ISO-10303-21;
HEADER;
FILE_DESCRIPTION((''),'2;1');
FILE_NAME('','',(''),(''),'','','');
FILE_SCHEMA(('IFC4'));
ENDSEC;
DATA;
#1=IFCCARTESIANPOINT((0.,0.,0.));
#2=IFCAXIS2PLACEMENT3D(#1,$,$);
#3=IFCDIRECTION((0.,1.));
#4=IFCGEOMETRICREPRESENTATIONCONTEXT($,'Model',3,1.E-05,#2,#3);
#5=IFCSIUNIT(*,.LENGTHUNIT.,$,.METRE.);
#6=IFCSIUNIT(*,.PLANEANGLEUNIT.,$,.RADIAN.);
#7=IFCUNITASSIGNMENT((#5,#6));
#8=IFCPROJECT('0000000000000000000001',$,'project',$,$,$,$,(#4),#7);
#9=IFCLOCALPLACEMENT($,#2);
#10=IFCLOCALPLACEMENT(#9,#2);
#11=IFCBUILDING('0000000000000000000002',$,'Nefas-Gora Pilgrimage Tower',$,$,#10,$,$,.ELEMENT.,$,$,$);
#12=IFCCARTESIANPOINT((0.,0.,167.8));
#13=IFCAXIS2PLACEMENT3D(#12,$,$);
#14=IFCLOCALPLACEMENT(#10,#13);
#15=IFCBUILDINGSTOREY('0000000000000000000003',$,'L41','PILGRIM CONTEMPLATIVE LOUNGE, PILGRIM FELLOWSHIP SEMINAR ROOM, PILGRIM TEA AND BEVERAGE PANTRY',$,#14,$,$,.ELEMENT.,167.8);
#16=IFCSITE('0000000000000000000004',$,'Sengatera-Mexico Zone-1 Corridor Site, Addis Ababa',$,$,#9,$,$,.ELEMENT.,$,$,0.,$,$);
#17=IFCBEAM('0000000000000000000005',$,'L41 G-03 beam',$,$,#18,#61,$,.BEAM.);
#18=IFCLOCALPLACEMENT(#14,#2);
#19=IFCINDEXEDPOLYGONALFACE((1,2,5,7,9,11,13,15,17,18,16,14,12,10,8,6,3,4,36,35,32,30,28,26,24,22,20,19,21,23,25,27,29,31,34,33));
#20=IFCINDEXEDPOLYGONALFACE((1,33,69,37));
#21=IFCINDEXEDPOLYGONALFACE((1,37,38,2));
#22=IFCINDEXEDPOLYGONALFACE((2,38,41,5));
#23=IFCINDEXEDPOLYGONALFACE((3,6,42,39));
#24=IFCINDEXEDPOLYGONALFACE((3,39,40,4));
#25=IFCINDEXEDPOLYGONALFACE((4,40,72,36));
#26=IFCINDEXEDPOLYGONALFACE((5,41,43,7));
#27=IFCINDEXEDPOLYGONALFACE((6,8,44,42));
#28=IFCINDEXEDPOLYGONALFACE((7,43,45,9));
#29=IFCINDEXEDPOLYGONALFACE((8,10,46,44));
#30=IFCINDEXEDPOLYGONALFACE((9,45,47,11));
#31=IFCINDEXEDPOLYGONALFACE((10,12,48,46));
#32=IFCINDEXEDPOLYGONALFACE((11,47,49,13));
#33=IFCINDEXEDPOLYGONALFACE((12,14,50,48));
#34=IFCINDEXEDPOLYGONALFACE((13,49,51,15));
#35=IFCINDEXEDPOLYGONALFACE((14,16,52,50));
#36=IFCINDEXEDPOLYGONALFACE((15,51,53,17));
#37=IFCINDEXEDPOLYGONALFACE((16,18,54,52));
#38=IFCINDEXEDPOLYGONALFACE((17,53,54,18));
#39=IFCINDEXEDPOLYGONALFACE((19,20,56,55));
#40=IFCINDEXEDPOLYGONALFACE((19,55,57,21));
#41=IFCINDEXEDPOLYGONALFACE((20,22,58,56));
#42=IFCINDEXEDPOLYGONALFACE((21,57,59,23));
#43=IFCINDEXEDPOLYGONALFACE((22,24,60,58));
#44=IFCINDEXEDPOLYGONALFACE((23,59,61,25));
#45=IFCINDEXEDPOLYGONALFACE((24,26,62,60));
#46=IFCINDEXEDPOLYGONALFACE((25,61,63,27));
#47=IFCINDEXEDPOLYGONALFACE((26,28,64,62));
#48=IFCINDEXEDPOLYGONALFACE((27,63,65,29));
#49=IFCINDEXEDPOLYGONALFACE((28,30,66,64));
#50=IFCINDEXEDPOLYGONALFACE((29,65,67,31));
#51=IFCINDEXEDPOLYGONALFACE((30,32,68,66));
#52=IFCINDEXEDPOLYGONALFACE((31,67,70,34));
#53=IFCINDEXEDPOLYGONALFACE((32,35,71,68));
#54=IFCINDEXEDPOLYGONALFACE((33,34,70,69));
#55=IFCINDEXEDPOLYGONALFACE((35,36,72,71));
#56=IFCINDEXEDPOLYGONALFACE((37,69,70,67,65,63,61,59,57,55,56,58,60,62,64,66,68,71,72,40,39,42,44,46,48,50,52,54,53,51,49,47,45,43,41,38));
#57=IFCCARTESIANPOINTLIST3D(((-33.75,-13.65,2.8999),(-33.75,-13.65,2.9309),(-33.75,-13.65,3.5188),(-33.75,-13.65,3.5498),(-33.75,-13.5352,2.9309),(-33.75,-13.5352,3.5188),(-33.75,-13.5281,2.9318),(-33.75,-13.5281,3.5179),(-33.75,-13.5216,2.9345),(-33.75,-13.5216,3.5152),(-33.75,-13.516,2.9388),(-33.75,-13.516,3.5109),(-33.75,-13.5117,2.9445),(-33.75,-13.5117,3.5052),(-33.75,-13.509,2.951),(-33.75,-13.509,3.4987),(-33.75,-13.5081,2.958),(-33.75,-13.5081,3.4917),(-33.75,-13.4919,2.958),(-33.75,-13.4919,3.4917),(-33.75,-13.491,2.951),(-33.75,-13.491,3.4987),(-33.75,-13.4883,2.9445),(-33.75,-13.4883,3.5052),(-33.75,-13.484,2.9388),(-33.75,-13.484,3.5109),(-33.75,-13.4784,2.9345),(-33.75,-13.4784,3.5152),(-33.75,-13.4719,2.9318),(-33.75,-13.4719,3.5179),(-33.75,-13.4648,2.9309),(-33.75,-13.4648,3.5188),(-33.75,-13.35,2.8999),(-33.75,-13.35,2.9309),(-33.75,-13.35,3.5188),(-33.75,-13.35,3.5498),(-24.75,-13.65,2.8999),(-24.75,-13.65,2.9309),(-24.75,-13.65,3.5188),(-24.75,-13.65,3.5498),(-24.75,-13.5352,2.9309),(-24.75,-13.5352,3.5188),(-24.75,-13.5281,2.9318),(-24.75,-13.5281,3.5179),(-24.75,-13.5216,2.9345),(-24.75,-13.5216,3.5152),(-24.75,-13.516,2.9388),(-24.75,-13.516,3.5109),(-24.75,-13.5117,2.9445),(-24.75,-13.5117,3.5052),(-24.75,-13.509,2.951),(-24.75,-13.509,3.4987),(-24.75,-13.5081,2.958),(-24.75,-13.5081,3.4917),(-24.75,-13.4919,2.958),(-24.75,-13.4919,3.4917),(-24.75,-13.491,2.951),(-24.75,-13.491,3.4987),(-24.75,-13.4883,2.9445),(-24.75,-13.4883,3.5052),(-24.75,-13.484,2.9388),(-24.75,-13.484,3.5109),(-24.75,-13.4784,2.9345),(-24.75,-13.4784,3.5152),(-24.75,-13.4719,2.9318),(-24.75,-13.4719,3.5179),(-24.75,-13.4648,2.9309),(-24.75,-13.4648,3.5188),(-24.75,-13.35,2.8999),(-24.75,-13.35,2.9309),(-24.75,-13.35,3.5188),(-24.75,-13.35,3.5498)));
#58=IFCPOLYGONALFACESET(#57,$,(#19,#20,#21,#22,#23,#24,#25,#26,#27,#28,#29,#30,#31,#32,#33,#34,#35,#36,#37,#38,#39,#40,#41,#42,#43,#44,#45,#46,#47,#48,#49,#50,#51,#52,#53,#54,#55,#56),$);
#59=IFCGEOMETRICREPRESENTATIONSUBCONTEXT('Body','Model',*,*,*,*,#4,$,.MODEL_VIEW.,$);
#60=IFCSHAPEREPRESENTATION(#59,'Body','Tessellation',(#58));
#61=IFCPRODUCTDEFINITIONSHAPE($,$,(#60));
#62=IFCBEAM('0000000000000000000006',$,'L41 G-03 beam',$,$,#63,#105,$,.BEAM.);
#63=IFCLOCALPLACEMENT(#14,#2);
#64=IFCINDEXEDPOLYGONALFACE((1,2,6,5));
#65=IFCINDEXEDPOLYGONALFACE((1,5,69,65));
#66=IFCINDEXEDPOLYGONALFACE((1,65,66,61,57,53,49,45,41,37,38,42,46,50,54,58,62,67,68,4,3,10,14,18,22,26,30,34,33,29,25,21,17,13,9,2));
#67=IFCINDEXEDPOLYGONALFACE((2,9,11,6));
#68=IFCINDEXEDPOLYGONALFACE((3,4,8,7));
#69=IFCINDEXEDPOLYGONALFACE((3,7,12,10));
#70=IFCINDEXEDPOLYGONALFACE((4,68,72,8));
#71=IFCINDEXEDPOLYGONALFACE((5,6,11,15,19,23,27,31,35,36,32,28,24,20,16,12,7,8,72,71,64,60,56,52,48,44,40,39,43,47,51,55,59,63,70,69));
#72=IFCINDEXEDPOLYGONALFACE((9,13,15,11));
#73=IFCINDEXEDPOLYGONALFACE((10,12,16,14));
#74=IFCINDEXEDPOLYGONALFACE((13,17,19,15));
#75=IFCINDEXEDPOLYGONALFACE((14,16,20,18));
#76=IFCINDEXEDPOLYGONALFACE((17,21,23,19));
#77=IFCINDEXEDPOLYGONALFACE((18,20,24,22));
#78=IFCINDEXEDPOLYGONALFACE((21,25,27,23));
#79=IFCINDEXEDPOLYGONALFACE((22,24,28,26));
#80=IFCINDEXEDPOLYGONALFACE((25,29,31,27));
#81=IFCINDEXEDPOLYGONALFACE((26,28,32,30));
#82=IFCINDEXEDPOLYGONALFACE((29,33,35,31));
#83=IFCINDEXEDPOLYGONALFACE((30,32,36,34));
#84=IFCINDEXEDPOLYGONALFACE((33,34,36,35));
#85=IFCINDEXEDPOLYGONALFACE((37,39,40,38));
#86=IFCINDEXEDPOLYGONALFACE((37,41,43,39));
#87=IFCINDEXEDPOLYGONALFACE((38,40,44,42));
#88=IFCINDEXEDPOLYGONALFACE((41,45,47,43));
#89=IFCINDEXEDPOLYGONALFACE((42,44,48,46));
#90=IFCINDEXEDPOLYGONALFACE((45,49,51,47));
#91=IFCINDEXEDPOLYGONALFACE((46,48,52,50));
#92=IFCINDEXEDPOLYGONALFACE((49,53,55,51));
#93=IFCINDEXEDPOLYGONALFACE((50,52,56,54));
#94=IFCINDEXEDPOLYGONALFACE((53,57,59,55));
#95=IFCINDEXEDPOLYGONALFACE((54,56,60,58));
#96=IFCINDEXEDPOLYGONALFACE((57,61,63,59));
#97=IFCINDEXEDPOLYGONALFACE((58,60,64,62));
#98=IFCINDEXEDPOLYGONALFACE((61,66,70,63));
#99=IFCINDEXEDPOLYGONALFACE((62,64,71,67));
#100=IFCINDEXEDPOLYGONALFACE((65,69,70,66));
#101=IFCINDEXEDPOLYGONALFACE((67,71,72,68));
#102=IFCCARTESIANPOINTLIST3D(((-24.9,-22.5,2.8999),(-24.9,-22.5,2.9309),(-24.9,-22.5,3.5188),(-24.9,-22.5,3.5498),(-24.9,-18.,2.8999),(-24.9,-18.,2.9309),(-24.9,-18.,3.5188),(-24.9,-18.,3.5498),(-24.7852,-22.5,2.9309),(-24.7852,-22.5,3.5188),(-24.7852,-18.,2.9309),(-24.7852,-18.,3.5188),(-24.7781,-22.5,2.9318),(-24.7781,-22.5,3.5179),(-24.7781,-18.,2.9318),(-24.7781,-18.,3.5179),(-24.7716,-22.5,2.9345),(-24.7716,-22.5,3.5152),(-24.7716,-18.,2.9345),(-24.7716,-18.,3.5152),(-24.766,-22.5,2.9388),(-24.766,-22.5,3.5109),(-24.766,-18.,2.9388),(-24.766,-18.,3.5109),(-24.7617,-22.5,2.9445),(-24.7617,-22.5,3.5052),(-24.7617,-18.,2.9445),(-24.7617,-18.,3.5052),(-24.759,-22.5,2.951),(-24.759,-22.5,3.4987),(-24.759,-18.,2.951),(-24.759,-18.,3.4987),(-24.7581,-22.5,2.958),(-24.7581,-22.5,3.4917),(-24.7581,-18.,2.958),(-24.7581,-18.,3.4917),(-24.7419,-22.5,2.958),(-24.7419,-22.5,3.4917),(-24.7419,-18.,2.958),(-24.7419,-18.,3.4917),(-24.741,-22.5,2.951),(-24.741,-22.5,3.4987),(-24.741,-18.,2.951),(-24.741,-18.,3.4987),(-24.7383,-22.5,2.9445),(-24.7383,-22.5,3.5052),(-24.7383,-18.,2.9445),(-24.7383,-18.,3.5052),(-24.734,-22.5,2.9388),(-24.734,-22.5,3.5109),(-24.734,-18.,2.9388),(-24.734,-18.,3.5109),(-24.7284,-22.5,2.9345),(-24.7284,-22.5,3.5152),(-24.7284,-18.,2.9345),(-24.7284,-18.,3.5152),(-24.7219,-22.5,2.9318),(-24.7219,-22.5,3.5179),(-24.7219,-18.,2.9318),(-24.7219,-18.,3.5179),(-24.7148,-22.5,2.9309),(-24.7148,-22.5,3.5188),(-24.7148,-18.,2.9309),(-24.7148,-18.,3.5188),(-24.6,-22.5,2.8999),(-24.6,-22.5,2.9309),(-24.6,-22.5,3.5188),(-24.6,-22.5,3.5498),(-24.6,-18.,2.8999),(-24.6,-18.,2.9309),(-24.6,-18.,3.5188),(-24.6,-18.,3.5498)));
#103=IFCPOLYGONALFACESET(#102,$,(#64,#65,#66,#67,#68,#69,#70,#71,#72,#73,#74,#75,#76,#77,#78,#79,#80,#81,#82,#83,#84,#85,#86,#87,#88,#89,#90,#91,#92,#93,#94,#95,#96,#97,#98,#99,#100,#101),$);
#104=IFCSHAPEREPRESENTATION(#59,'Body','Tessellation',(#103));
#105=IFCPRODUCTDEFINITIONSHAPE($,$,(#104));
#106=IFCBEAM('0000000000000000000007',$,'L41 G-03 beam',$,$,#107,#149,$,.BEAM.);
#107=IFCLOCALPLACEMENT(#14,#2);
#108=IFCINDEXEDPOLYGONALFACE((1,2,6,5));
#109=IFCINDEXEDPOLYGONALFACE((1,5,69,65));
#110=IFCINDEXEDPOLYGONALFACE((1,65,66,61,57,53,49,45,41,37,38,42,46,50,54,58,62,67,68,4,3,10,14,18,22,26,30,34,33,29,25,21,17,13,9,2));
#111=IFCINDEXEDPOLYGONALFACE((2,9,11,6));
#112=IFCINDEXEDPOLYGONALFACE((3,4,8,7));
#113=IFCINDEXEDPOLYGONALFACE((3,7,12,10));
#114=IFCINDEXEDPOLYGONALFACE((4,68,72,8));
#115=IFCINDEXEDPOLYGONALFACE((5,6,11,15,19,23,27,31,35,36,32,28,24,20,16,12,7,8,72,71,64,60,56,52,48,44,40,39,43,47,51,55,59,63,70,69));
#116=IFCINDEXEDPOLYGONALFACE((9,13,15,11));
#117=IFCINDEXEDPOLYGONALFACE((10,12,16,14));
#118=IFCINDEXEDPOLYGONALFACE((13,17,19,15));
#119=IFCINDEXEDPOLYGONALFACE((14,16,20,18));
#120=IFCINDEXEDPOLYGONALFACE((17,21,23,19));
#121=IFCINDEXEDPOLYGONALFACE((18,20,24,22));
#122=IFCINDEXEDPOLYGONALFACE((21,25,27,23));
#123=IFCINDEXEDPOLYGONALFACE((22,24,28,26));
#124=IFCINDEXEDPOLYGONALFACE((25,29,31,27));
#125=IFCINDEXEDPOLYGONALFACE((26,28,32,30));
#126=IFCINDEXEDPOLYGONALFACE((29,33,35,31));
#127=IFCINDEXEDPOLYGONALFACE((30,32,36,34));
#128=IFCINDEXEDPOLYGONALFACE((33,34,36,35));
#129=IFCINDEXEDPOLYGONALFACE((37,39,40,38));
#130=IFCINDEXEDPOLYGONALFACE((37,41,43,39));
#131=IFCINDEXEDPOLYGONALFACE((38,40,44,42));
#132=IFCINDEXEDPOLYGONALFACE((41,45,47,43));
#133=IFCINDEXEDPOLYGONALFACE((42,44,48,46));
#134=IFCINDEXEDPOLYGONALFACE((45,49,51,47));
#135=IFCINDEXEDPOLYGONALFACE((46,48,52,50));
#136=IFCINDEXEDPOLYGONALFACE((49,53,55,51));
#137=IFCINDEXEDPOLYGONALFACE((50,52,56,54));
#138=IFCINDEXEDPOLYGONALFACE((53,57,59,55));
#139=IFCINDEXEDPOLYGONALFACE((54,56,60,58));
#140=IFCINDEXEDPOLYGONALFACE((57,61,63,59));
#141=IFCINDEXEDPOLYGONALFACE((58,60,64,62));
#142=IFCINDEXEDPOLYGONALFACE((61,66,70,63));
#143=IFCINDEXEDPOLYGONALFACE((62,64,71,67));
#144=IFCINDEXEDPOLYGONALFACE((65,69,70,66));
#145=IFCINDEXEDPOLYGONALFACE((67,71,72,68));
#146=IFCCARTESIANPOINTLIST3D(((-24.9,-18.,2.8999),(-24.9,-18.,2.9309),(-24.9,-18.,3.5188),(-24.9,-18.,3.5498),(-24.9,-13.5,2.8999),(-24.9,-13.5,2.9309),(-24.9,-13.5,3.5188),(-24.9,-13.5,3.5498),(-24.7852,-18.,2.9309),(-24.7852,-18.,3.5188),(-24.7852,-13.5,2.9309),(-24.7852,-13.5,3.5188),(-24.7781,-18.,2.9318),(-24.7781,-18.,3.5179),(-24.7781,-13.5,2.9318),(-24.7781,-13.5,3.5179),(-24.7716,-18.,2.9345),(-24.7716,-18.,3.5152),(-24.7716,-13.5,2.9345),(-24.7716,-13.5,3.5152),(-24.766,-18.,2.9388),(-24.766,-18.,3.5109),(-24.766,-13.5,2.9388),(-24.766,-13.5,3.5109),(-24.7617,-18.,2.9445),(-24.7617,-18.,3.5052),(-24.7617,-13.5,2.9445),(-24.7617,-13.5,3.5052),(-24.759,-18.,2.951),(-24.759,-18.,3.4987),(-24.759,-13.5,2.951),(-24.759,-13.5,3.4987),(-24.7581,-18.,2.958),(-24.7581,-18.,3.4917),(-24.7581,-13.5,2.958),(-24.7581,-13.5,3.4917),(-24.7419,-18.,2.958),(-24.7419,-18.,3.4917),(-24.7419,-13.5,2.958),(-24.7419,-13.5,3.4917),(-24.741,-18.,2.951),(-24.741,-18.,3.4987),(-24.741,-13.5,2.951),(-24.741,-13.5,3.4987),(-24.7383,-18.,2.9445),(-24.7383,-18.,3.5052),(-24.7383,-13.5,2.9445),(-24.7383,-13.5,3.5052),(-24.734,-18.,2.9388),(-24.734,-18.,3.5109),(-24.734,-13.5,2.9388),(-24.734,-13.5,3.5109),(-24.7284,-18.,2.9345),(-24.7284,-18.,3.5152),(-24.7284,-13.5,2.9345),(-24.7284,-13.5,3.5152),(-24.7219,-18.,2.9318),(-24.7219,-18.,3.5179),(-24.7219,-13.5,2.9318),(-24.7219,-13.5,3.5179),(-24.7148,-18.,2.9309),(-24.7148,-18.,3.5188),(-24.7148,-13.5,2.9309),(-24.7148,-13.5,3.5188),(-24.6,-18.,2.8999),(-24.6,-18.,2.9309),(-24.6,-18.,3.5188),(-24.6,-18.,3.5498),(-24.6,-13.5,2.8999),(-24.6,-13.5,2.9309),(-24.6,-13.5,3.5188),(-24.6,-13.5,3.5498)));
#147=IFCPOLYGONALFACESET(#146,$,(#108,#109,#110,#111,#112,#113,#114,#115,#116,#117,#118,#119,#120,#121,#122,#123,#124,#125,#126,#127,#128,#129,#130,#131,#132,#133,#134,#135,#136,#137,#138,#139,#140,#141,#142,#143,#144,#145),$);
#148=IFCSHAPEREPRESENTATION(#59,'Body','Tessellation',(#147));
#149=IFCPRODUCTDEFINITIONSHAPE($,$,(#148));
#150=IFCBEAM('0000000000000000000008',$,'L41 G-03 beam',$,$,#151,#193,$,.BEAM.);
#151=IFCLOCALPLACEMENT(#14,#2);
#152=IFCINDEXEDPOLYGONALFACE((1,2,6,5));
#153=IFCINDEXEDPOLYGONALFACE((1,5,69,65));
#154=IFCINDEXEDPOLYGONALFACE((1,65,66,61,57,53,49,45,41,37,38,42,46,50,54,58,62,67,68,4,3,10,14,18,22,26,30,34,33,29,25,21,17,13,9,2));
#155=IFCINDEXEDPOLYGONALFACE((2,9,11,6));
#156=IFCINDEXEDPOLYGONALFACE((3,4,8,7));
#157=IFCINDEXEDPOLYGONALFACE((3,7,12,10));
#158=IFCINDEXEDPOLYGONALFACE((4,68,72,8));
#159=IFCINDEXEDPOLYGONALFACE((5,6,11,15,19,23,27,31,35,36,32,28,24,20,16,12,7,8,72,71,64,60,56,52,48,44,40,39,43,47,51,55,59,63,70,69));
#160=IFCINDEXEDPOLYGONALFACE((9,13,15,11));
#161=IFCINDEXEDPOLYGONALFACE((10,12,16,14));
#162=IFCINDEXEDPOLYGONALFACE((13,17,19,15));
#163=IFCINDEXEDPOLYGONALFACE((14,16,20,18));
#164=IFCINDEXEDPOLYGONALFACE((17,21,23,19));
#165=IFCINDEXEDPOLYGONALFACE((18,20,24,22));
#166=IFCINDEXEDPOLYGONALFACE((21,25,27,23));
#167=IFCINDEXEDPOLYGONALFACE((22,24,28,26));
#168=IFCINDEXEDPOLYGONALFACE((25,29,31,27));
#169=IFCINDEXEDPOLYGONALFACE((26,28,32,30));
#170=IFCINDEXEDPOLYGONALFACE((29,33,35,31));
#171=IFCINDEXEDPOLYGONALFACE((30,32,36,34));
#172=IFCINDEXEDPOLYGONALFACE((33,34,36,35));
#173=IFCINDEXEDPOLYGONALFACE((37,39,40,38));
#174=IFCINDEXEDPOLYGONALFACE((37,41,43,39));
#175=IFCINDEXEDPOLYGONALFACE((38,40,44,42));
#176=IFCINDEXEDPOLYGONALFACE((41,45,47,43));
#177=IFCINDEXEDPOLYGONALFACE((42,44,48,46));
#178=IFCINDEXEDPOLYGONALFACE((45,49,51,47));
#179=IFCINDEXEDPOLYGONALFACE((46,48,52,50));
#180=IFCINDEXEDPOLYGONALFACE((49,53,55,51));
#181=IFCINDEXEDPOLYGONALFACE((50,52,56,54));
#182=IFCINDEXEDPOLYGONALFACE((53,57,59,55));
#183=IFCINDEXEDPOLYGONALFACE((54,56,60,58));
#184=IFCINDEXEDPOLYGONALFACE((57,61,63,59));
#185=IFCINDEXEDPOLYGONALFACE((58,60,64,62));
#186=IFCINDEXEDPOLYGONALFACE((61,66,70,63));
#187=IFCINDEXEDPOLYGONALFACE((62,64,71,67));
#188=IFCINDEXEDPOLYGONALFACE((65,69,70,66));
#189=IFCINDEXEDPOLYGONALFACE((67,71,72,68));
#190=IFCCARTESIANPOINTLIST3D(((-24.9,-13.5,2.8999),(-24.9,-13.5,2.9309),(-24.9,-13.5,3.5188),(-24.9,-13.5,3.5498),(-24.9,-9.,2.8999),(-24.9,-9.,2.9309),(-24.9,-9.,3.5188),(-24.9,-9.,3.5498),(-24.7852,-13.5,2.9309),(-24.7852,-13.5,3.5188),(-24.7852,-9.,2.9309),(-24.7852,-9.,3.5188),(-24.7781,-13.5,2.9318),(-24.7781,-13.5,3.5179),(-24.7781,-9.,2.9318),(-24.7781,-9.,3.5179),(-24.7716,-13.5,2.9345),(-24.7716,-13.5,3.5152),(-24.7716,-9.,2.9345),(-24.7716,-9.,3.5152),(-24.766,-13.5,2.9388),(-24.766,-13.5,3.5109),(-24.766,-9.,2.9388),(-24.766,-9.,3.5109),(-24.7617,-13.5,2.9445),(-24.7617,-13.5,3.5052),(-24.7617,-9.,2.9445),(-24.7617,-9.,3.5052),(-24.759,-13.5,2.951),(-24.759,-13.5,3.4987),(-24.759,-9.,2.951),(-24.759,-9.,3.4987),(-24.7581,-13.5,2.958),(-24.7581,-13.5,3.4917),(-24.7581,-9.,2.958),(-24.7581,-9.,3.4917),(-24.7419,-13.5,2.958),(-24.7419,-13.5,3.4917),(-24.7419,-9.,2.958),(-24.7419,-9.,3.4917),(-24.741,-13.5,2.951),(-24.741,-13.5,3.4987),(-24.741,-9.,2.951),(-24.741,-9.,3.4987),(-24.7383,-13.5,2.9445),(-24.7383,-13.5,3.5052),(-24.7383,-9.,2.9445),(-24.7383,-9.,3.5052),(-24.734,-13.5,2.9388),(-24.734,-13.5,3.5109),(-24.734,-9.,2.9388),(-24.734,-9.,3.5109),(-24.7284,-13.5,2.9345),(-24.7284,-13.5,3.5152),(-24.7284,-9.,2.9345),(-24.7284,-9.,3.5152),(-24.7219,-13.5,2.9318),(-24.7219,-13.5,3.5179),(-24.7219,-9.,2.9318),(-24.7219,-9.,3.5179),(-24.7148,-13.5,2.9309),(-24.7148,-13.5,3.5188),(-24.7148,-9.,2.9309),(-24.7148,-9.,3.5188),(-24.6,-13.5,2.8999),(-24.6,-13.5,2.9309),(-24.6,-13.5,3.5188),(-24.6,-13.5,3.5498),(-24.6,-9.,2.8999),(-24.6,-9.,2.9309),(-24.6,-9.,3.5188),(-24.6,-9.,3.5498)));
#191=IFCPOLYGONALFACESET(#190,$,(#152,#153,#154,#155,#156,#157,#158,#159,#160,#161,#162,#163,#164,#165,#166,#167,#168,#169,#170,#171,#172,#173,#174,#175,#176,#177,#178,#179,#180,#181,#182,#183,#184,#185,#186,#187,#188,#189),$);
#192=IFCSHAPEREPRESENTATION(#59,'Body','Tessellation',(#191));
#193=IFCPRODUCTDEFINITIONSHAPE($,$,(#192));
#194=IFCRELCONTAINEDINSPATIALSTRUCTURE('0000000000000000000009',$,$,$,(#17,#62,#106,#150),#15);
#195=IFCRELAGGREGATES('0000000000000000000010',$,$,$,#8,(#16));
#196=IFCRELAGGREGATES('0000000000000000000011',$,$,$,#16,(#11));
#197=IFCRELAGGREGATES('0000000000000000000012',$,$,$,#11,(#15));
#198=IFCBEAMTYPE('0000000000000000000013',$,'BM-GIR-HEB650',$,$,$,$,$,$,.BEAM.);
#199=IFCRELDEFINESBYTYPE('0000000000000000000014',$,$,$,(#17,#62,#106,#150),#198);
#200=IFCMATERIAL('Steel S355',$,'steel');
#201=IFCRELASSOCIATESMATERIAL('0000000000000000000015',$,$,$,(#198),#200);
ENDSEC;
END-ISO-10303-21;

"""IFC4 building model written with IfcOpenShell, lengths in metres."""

from ifc_helpers import new_model, si_unit, direction, frame, origin, origin_2d, place, context, subcontext, project, spatial, i_section, extrude, source, transform, mapped, material, material_profile, profile_set, type_object, element, save


model = new_model("IFC4")

# Units and contexts
model_context = context("Model", 3, precision=1e-05, world=origin(), true_north=direction((0.0, 1.0)))
body_context = subcontext(model_context, "Body", "Model", "MODEL_VIEW")
ifc_project = project(units=[si_unit("LENGTHUNIT", "METRE"), si_unit("PLANEANGLEUNIT", "RADIAN")], contexts=[model_context])

# Site, building, storey
site_placement = place(None, origin())
site = spatial("IfcSite", under=ifc_project, at=site_placement, Name="Sengatera-Mexico Zone-1 Corridor Site, Addis Ababa", CompositionType="ELEMENT", RefElevation=0.0)
building_placement = place(site_placement, origin())
building = spatial("IfcBuilding", under=site, at=building_placement, Name="Nefas-Gora Pilgrimage Tower", CompositionType="ELEMENT")
storey_placement = place(building_placement, frame((0.0, 0.0, 167.8)))
storey = spatial("IfcBuildingStorey", under=building, at=storey_placement, Name="L41", Description="PILGRIM CONTEMPLATIVE LOUNGE, PILGRIM FELLOWSHIP SEMINAR ROOM, PILGRIM TEA AND BEVERAGE PANTRY", CompositionType="ELEMENT", Elevation=167.8)

# Beams
ifc_material_1 = material(Name="Steel S355", Category="steel")
ifc_material_profile_1 = material_profile(ifc_material_1, i_section(OverallWidth=0.3, OverallDepth=0.6499, WebThickness=0.0161, FlangeThickness=0.031, FilletRadius=0.0271, at=origin_2d()), Name="HEB 650")
ifc_profile_set_1 = profile_set([ifc_material_profile_1], Name="Steel S355")
beam_type_1 = type_object("IfcBeamType", Name="BM-GIR-HEB650", PredefinedType="BEAM", material=ifc_profile_set_1)
shared_shape_1 = source(origin(), body_context, "Body", "SweptSolid", [
    extrude(i_section(OverallWidth=0.3, OverallDepth=0.6499, WebThickness=0.0161, FlangeThickness=0.031, FilletRadius=0.0271, at=origin_2d()), origin(), (0.0, 0.0, 1.0), 9.0),
])
beam_placement = place(storey_placement, frame((-33.75, -13.5, 3.2249), z_axis=(1.0, 0.0, 0.0), x_axis=(0.0, 1.0, 0.0)))
element("IfcBeam", 1, at=beam_placement, inside=storey, type_object=beam_type_1, Name="L41 G-03 beam", PredefinedType="BEAM", context=body_context, shape_type="MappedRepresentation", body=[
    mapped(shared_shape_1, transform((0.0, 0.0, 0.0), x_axis=(1.0, 0.0, 0.0), y_axis=(0.0, 1.0, 0.0), z_axis=(0.0, 0.0, 1.0), scale=1.0)),
])
shared_shape_2 = source(origin(), body_context, "Body", "SweptSolid", [
    extrude(i_section(OverallWidth=0.3, OverallDepth=0.6499, WebThickness=0.0161, FlangeThickness=0.031, FilletRadius=0.0271, at=origin_2d()), origin(), (0.0, 0.0, 1.0), 4.5),
])
for number, where, z_axis, x_axis, name in (
    (2, (-24.75, -22.5, 3.2249), (0.0, 1.0, 0.0), (-1.0, 0.0, 0.0), "L41 G-03 beam"),
    (3, (-24.75, -18.0, 3.2249), (0.0, 1.0, 0.0), (-1.0, 0.0, 0.0), "L41 G-03 beam"),
    (4, (-24.75, -13.5, 3.2249), (0.0, 1.0, 0.0), (-1.0, 0.0, 0.0), "L41 G-03 beam"),
):
    element("IfcBeam", number, at=place(storey_placement, frame(where, z_axis=z_axis, x_axis=x_axis)), inside=storey, type_object=beam_type_1, Name=name, PredefinedType="BEAM", context=body_context, shape_type="MappedRepresentation", body=[
        mapped(shared_shape_2, transform((0.0, 0.0, 0.0), x_axis=(1.0, 0.0, 0.0), y_axis=(0.0, 1.0, 0.0), z_axis=(0.0, 0.0, 1.0), scale=1.0)),
    ])

save(model, "model.ifc")
